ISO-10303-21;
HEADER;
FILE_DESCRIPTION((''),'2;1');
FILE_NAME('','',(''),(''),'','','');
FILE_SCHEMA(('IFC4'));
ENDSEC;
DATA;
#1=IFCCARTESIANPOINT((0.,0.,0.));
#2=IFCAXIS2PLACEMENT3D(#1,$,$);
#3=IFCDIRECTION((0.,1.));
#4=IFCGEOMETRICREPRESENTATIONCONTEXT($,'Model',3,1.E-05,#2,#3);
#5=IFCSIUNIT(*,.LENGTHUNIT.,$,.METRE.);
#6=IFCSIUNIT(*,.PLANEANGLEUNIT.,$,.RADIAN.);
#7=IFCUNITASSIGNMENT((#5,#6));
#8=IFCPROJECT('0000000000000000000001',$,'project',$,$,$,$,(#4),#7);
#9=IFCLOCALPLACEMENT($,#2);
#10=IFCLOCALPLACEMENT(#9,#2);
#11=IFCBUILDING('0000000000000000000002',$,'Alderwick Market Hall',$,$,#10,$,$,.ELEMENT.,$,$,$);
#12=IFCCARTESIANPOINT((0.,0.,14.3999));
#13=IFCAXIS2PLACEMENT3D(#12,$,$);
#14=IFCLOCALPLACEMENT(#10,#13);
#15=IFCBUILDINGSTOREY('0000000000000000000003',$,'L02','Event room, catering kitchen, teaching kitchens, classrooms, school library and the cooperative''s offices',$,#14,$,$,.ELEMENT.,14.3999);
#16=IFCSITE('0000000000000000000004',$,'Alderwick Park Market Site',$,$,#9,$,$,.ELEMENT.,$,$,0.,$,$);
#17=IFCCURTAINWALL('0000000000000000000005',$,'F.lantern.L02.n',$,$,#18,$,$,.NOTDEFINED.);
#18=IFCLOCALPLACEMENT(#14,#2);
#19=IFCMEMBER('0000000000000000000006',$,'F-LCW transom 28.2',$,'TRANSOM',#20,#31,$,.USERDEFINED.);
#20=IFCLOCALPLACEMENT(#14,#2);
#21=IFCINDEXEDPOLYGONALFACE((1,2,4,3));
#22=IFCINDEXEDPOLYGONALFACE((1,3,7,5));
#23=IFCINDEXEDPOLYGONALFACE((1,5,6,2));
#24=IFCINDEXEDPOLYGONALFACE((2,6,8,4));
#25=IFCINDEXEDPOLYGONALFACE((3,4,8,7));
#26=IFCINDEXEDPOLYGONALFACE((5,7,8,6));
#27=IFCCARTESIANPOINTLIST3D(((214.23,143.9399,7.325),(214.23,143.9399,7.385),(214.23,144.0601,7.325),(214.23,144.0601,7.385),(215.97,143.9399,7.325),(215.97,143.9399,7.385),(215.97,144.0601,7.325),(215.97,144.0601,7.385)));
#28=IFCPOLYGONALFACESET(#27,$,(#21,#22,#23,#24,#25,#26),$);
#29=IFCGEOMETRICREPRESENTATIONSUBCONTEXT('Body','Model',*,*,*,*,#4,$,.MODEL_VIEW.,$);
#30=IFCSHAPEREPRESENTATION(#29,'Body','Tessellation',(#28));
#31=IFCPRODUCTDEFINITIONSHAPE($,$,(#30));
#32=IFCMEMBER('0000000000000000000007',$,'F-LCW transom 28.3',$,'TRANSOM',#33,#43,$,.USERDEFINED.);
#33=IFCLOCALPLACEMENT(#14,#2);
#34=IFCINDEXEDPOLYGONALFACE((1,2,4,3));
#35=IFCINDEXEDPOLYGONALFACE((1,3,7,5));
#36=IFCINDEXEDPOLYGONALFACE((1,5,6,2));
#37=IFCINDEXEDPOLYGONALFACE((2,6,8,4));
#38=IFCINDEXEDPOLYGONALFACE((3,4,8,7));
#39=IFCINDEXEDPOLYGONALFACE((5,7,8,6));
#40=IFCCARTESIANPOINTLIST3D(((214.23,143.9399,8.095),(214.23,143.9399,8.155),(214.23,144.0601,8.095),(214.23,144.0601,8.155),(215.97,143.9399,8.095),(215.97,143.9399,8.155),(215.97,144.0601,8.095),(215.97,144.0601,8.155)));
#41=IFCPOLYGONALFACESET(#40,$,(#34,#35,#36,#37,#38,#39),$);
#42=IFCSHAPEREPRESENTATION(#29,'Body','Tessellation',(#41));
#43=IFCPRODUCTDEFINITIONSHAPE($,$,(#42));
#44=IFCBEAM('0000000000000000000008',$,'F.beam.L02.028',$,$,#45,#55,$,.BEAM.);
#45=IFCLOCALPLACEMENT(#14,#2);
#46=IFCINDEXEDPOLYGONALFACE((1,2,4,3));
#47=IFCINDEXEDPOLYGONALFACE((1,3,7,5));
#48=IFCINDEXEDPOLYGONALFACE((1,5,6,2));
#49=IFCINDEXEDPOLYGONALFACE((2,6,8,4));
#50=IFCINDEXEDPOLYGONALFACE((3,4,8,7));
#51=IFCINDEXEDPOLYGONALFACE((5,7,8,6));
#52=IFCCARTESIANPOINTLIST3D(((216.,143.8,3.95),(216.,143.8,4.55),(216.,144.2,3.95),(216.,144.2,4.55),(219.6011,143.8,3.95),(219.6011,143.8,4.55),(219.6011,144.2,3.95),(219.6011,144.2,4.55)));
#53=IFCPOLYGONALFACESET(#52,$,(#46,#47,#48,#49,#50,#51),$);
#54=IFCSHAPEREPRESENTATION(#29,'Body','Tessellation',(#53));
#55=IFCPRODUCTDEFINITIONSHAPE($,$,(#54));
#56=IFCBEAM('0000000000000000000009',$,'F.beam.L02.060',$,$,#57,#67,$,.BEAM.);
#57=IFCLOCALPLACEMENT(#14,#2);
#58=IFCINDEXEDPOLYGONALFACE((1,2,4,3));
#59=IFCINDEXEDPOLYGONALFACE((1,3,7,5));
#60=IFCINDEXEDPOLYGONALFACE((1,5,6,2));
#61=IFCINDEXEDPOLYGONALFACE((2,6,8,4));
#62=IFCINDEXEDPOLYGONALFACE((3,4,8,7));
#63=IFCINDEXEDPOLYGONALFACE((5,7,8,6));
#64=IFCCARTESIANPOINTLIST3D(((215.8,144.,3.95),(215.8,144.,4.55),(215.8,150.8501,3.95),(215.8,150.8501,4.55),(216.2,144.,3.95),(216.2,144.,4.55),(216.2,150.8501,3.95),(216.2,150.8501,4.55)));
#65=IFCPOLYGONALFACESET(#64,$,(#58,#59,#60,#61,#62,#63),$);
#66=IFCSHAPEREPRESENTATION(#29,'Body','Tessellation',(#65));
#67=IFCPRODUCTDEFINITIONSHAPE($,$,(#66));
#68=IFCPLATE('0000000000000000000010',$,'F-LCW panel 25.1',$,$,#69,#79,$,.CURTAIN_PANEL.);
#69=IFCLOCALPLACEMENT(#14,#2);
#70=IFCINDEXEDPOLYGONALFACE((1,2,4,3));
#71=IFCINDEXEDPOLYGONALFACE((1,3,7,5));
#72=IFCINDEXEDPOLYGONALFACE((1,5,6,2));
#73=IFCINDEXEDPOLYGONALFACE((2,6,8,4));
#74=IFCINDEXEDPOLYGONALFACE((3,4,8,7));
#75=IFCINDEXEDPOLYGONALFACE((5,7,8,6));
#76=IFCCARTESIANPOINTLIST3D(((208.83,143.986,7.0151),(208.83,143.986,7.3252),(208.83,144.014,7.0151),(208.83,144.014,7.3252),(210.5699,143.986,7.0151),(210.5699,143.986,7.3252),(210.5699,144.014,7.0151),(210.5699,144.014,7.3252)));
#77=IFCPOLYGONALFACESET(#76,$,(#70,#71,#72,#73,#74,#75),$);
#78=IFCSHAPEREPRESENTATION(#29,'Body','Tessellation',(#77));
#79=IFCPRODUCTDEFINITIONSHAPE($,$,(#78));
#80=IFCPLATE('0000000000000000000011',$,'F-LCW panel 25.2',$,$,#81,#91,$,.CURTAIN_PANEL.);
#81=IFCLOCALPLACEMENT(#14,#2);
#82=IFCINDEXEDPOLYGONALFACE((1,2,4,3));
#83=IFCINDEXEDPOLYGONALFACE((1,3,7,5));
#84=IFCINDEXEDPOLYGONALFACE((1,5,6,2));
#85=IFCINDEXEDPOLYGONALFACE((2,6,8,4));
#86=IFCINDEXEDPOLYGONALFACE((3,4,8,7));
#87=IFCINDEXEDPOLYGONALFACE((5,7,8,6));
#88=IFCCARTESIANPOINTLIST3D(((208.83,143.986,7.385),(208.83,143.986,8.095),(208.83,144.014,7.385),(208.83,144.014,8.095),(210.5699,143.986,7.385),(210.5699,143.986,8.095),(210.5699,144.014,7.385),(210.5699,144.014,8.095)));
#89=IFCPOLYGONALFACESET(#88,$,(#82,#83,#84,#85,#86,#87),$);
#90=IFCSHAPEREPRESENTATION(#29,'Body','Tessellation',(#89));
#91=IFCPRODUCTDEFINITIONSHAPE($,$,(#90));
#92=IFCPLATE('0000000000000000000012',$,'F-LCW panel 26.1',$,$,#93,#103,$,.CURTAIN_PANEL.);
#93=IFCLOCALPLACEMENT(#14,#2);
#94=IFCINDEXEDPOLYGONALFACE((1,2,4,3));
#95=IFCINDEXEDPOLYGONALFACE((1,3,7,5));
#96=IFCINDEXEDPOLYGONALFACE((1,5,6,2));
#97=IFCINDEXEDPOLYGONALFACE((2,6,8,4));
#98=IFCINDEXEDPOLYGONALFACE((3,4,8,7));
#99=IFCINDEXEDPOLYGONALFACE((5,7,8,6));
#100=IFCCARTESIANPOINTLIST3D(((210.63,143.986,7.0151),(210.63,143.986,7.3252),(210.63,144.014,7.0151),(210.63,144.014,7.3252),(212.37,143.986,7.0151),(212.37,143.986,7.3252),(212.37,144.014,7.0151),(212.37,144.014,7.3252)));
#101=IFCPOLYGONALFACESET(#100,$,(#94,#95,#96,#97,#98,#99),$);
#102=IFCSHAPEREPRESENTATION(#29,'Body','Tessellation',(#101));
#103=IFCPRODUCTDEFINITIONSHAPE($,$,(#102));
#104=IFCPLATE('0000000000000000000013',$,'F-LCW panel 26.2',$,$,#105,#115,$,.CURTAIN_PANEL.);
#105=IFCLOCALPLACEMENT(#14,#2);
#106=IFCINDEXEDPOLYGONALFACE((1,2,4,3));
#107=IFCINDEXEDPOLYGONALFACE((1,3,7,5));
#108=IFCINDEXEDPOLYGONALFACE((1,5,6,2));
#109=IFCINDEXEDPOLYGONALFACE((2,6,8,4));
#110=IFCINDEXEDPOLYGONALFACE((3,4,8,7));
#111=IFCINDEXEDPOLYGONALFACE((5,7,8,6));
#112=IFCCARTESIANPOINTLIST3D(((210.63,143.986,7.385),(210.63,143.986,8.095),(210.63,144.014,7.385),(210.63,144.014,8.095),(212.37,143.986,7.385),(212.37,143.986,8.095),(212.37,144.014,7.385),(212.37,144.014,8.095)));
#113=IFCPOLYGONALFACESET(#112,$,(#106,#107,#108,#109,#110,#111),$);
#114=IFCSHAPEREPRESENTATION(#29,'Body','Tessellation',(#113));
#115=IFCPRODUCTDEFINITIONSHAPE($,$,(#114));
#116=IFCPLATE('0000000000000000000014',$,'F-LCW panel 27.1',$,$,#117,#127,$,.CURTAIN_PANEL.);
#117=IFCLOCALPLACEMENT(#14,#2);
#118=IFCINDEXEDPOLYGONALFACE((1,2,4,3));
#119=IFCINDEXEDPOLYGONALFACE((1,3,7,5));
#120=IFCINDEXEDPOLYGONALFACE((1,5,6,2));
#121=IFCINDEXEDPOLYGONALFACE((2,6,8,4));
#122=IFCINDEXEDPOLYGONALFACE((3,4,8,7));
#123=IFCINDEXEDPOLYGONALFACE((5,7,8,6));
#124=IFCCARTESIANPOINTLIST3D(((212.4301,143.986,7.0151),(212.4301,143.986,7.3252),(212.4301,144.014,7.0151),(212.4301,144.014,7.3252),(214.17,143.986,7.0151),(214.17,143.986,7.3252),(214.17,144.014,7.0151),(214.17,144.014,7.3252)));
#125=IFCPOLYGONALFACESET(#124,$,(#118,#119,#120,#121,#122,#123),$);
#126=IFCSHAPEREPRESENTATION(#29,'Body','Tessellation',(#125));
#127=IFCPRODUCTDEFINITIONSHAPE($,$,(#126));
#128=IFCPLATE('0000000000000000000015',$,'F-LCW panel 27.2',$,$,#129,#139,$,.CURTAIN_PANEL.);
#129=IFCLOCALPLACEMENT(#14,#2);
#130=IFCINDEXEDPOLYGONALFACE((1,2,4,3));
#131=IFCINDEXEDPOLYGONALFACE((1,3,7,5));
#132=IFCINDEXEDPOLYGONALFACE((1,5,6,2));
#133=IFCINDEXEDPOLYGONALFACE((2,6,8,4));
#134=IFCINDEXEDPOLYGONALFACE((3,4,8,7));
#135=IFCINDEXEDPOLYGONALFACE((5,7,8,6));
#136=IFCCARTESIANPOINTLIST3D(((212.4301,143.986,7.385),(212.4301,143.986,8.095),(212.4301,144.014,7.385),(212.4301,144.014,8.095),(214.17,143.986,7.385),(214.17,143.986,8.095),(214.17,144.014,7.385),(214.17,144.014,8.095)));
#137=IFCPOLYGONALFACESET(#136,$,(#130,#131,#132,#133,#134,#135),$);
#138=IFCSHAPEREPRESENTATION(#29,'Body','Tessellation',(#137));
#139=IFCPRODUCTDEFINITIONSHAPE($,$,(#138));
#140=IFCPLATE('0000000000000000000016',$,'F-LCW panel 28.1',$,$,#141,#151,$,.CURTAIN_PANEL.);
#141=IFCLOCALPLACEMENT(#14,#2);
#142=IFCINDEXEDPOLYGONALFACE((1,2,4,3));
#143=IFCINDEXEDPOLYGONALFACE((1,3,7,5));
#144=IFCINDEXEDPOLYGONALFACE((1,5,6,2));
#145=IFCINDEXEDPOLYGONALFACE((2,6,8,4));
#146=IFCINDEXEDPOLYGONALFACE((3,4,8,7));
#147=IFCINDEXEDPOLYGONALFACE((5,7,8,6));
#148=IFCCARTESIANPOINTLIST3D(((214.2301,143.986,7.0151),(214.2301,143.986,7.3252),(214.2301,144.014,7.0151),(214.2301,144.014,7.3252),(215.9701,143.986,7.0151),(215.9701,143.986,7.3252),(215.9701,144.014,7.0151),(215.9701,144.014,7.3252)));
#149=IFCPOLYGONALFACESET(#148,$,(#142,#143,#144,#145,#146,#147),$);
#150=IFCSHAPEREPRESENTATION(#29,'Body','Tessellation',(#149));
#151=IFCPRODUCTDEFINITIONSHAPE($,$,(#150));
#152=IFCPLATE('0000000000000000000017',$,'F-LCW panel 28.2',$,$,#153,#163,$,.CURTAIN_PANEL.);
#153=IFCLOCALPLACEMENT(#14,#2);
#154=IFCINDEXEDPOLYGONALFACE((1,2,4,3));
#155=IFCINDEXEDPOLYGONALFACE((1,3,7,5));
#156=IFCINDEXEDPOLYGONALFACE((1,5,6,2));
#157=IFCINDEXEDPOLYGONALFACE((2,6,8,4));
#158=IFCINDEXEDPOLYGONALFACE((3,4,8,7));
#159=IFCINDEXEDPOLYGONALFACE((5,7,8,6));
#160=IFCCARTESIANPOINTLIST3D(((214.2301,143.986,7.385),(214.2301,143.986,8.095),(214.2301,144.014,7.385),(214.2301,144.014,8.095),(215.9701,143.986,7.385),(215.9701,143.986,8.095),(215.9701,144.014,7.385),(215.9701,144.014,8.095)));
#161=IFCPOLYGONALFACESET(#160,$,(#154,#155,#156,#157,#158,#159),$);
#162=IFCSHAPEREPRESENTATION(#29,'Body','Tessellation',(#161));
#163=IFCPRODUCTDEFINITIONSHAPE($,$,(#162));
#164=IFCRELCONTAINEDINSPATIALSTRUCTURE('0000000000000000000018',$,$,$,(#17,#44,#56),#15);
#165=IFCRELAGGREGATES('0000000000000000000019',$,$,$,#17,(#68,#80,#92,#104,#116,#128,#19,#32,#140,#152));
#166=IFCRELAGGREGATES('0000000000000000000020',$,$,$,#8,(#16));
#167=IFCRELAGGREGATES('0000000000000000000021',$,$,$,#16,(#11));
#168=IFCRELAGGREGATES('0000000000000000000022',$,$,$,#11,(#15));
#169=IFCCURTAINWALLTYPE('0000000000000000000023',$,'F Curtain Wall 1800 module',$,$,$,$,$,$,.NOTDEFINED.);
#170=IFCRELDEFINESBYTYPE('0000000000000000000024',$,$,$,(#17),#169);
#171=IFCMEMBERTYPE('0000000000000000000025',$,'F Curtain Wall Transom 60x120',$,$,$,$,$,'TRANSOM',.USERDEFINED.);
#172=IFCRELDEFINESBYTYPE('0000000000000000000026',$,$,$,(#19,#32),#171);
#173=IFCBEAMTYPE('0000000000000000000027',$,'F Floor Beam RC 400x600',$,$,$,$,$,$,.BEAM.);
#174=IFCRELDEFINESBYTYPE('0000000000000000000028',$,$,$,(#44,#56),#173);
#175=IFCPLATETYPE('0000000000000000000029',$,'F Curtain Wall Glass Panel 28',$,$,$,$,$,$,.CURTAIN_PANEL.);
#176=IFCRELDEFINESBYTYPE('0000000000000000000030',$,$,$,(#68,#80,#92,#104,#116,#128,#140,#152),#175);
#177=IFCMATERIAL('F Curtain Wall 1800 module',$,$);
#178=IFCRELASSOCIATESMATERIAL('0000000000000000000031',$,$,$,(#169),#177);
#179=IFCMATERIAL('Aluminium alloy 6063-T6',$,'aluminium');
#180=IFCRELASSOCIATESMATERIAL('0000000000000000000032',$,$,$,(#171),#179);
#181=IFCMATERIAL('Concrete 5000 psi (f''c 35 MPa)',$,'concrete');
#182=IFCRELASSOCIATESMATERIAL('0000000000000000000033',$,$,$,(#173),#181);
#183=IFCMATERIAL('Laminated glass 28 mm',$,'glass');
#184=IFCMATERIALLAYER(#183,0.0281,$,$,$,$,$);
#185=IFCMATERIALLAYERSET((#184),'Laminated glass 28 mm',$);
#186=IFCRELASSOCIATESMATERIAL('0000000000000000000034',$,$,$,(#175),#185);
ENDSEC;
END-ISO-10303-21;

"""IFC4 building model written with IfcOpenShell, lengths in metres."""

from ifc_helpers import new_model, si_unit, direction, frame, origin, origin_2d, place, context, subcontext, project, spatial, rectangle, extrude, material, layer, layer_set, material_profile, profile_set, type_object, element, aggregate, save


model = new_model("IFC4")

# Units and contexts
model_context = context("Model", 3, precision=1e-05, world=origin(), true_north=direction((0.0, 1.0)))
body_context = subcontext(model_context, "Body", "Model", "MODEL_VIEW")
ifc_project = project(units=[si_unit("LENGTHUNIT", "METRE"), si_unit("PLANEANGLEUNIT", "RADIAN")], contexts=[model_context])

# Site, building, storey
site_placement = place(None, origin())
site = spatial("IfcSite", under=ifc_project, at=site_placement, Name="Alderwick Park Market Site", CompositionType="ELEMENT", RefElevation=0.0)
building_placement = place(site_placement, origin())
building = spatial("IfcBuilding", under=site, at=building_placement, Name="Alderwick Market Hall", CompositionType="ELEMENT")
storey_placement = place(building_placement, frame((0.0, 0.0, 14.3999)))
storey = spatial("IfcBuildingStorey", under=building, at=storey_placement, Name="L02", Description="Event room, catering kitchen, teaching kitchens, classrooms, school library and the cooperative's offices", CompositionType="ELEMENT", Elevation=14.3999)

# Shared definitions
ifc_material_1 = material(Name="Concrete 5000 psi (f'c 35 MPa)", Category="concrete")

# Curtain wall, members
ifc_material_2 = material(Name="F Curtain Wall 1800 module")
curtain_wall_type = type_object("IfcCurtainWallType", Name="F Curtain Wall 1800 module", PredefinedType="NOTDEFINED", material=ifc_material_2)
curtain_wall_placement = place(storey_placement, origin())
curtain_wall = element("IfcCurtainWall", 1, at=curtain_wall_placement, inside=storey, type_object=curtain_wall_type, Name="F.lantern.L02.n", PredefinedType="NOTDEFINED")
ifc_material_3 = material(Name="Aluminium alloy 6063-T6", Category="aluminium")
ifc_material_profile_1 = material_profile(ifc_material_3, rectangle(XDim=0.1201, YDim=0.0601, at=origin_2d()), Name="AL 60x120")
ifc_profile_set_1 = profile_set([ifc_material_profile_1], Name="Aluminium alloy 6063-T6")
member_type_1 = type_object("IfcMemberType", Name="F Curtain Wall Transom 60x120", ElementType="TRANSOM", PredefinedType="USERDEFINED", material=ifc_profile_set_1)
member_1_placement = place(storey_placement, frame((214.23, 144.0, 7.355), z_axis=(1.0, 0.0, 0.0), x_axis=(0.0, 1.0, 0.0)))
member_1 = element("IfcMember", 2, at=member_1_placement, type_object=member_type_1, Name="F-LCW transom 28.2", ObjectType="TRANSOM", PredefinedType="USERDEFINED", context=body_context, shape_type="SweptSolid", body=[
    extrude(rectangle(XDim=0.1201, YDim=0.0601, at=origin_2d()), origin(), (0.0, 0.0, 1.0), 1.74),
])
member_2_placement = place(storey_placement, frame((214.23, 144.0, 8.125), z_axis=(1.0, 0.0, 0.0), x_axis=(0.0, 1.0, 0.0)))
member_2 = element("IfcMember", 3, at=member_2_placement, type_object=member_type_1, Name="F-LCW transom 28.3", ObjectType="TRANSOM", PredefinedType="USERDEFINED", context=body_context, shape_type="SweptSolid", body=[
    extrude(rectangle(XDim=0.1201, YDim=0.0601, at=origin_2d()), origin(), (0.0, 0.0, 1.0), 1.74),
])

# Beams
ifc_material_profile_2 = material_profile(ifc_material_1, rectangle(XDim=0.3999, YDim=0.6001, at=origin_2d()), Name="RC 400x600")
ifc_profile_set_2 = profile_set([ifc_material_profile_2], Name="Concrete 5000 psi (f'c 35 MPa)")
beam_type = type_object("IfcBeamType", Name="F Floor Beam RC 400x600", PredefinedType="BEAM", material=ifc_profile_set_2)
beam_1_placement = place(storey_placement, frame((216.0, 144.0, 4.25), z_axis=(1.0, 0.0, 0.0), x_axis=(0.0, 1.0, 0.0)))
element("IfcBeam", 4, at=beam_1_placement, inside=storey, type_object=beam_type, Name="F.beam.L02.028", PredefinedType="BEAM", context=body_context, shape_type="SweptSolid", body=[
    extrude(rectangle(XDim=0.3999, YDim=0.6001, at=origin_2d()), origin(), (0.0, 0.0, 1.0), 3.6011),
])
beam_2_placement = place(storey_placement, frame((216.0, 144.0, 4.25), z_axis=(0.0, 1.0, 0.0), x_axis=(-1.0, 0.0, 0.0)))
element("IfcBeam", 5, at=beam_2_placement, inside=storey, type_object=beam_type, Name="F.beam.L02.060", PredefinedType="BEAM", context=body_context, shape_type="SweptSolid", body=[
    extrude(rectangle(XDim=0.3999, YDim=0.6001, at=origin_2d()), origin(), (0.0, 0.0, 1.0), 6.8501),
])

# Plates
ifc_material_4 = material(Name="Laminated glass 28 mm", Category="glass")
ifc_layer = layer(ifc_material_4, 0.0281)
ifc_layer_set = layer_set([ifc_layer], Name="Laminated glass 28 mm")
plate_type = type_object("IfcPlateType", Name="F Curtain Wall Glass Panel 28", PredefinedType="CURTAIN_PANEL", material=ifc_layer_set)
plate_1_placement = place(storey_placement, frame((209.7, 144.0, 7.0151), z_axis=(0.0, 0.0, 1.0), x_axis=(1.0, 0.0, 0.0)))
plate_1 = element("IfcPlate", 6, at=plate_1_placement, type_object=plate_type, Name="F-LCW panel 25.1", PredefinedType="CURTAIN_PANEL", context=body_context, shape_type="SweptSolid", body=[
    extrude(rectangle(XDim=1.74, YDim=0.0281, at=origin_2d()), origin(), (0.0, 0.0, 1.0), 0.3101),
])
plate_2_placement = place(storey_placement, frame((209.7, 144.0, 7.385), z_axis=(0.0, 0.0, 1.0), x_axis=(1.0, 0.0, 0.0)))
plate_2 = element("IfcPlate", 7, at=plate_2_placement, type_object=plate_type, Name="F-LCW panel 25.2", PredefinedType="CURTAIN_PANEL", context=body_context, shape_type="SweptSolid", body=[
    extrude(rectangle(XDim=1.74, YDim=0.0281, at=origin_2d()), origin(), (0.0, 0.0, 1.0), 0.71),
])
plate_3_placement = place(storey_placement, frame((211.5, 144.0, 7.0151), z_axis=(0.0, 0.0, 1.0), x_axis=(1.0, 0.0, 0.0)))
plate_3 = element("IfcPlate", 8, at=plate_3_placement, type_object=plate_type, Name="F-LCW panel 26.1", PredefinedType="CURTAIN_PANEL", context=body_context, shape_type="SweptSolid", body=[
    extrude(rectangle(XDim=1.74, YDim=0.0281, at=origin_2d()), origin(), (0.0, 0.0, 1.0), 0.3101),
])
plate_4_placement = place(storey_placement, frame((211.5, 144.0, 7.385), z_axis=(0.0, 0.0, 1.0), x_axis=(1.0, 0.0, 0.0)))
plate_4 = element("IfcPlate", 9, at=plate_4_placement, type_object=plate_type, Name="F-LCW panel 26.2", PredefinedType="CURTAIN_PANEL", context=body_context, shape_type="SweptSolid", body=[
    extrude(rectangle(XDim=1.74, YDim=0.0281, at=origin_2d()), origin(), (0.0, 0.0, 1.0), 0.71),
])
plate_5_placement = place(storey_placement, frame((213.3, 144.0, 7.0151), z_axis=(0.0, 0.0, 1.0), x_axis=(1.0, 0.0, 0.0)))
plate_5 = element("IfcPlate", 10, at=plate_5_placement, type_object=plate_type, Name="F-LCW panel 27.1", PredefinedType="CURTAIN_PANEL", context=body_context, shape_type="SweptSolid", body=[
    extrude(rectangle(XDim=1.74, YDim=0.0281, at=origin_2d()), origin(), (0.0, 0.0, 1.0), 0.3101),
])
plate_6_placement = place(storey_placement, frame((213.3, 144.0, 7.385), z_axis=(0.0, 0.0, 1.0), x_axis=(1.0, 0.0, 0.0)))
plate_6 = element("IfcPlate", 11, at=plate_6_placement, type_object=plate_type, Name="F-LCW panel 27.2", PredefinedType="CURTAIN_PANEL", context=body_context, shape_type="SweptSolid", body=[
    extrude(rectangle(XDim=1.74, YDim=0.0281, at=origin_2d()), origin(), (0.0, 0.0, 1.0), 0.71),
])
plate_7_placement = place(storey_placement, frame((215.1001, 144.0, 7.0151), z_axis=(0.0, 0.0, 1.0), x_axis=(1.0, 0.0, 0.0)))
plate_7 = element("IfcPlate", 12, at=plate_7_placement, type_object=plate_type, Name="F-LCW panel 28.1", PredefinedType="CURTAIN_PANEL", context=body_context, shape_type="SweptSolid", body=[
    extrude(rectangle(XDim=1.74, YDim=0.0281, at=origin_2d()), origin(), (0.0, 0.0, 1.0), 0.3101),
])
plate_8_placement = place(storey_placement, frame((215.1001, 144.0, 7.385), z_axis=(0.0, 0.0, 1.0), x_axis=(1.0, 0.0, 0.0)))
plate_8 = element("IfcPlate", 13, at=plate_8_placement, type_object=plate_type, Name="F-LCW panel 28.2", PredefinedType="CURTAIN_PANEL", context=body_context, shape_type="SweptSolid", body=[
    extrude(rectangle(XDim=1.74, YDim=0.0281, at=origin_2d()), origin(), (0.0, 0.0, 1.0), 0.71),
])
aggregate(curtain_wall, [plate_1, plate_2, plate_3, plate_4, plate_5, plate_6, member_1, member_2, plate_7, plate_8])

save(model, "model.ifc")
